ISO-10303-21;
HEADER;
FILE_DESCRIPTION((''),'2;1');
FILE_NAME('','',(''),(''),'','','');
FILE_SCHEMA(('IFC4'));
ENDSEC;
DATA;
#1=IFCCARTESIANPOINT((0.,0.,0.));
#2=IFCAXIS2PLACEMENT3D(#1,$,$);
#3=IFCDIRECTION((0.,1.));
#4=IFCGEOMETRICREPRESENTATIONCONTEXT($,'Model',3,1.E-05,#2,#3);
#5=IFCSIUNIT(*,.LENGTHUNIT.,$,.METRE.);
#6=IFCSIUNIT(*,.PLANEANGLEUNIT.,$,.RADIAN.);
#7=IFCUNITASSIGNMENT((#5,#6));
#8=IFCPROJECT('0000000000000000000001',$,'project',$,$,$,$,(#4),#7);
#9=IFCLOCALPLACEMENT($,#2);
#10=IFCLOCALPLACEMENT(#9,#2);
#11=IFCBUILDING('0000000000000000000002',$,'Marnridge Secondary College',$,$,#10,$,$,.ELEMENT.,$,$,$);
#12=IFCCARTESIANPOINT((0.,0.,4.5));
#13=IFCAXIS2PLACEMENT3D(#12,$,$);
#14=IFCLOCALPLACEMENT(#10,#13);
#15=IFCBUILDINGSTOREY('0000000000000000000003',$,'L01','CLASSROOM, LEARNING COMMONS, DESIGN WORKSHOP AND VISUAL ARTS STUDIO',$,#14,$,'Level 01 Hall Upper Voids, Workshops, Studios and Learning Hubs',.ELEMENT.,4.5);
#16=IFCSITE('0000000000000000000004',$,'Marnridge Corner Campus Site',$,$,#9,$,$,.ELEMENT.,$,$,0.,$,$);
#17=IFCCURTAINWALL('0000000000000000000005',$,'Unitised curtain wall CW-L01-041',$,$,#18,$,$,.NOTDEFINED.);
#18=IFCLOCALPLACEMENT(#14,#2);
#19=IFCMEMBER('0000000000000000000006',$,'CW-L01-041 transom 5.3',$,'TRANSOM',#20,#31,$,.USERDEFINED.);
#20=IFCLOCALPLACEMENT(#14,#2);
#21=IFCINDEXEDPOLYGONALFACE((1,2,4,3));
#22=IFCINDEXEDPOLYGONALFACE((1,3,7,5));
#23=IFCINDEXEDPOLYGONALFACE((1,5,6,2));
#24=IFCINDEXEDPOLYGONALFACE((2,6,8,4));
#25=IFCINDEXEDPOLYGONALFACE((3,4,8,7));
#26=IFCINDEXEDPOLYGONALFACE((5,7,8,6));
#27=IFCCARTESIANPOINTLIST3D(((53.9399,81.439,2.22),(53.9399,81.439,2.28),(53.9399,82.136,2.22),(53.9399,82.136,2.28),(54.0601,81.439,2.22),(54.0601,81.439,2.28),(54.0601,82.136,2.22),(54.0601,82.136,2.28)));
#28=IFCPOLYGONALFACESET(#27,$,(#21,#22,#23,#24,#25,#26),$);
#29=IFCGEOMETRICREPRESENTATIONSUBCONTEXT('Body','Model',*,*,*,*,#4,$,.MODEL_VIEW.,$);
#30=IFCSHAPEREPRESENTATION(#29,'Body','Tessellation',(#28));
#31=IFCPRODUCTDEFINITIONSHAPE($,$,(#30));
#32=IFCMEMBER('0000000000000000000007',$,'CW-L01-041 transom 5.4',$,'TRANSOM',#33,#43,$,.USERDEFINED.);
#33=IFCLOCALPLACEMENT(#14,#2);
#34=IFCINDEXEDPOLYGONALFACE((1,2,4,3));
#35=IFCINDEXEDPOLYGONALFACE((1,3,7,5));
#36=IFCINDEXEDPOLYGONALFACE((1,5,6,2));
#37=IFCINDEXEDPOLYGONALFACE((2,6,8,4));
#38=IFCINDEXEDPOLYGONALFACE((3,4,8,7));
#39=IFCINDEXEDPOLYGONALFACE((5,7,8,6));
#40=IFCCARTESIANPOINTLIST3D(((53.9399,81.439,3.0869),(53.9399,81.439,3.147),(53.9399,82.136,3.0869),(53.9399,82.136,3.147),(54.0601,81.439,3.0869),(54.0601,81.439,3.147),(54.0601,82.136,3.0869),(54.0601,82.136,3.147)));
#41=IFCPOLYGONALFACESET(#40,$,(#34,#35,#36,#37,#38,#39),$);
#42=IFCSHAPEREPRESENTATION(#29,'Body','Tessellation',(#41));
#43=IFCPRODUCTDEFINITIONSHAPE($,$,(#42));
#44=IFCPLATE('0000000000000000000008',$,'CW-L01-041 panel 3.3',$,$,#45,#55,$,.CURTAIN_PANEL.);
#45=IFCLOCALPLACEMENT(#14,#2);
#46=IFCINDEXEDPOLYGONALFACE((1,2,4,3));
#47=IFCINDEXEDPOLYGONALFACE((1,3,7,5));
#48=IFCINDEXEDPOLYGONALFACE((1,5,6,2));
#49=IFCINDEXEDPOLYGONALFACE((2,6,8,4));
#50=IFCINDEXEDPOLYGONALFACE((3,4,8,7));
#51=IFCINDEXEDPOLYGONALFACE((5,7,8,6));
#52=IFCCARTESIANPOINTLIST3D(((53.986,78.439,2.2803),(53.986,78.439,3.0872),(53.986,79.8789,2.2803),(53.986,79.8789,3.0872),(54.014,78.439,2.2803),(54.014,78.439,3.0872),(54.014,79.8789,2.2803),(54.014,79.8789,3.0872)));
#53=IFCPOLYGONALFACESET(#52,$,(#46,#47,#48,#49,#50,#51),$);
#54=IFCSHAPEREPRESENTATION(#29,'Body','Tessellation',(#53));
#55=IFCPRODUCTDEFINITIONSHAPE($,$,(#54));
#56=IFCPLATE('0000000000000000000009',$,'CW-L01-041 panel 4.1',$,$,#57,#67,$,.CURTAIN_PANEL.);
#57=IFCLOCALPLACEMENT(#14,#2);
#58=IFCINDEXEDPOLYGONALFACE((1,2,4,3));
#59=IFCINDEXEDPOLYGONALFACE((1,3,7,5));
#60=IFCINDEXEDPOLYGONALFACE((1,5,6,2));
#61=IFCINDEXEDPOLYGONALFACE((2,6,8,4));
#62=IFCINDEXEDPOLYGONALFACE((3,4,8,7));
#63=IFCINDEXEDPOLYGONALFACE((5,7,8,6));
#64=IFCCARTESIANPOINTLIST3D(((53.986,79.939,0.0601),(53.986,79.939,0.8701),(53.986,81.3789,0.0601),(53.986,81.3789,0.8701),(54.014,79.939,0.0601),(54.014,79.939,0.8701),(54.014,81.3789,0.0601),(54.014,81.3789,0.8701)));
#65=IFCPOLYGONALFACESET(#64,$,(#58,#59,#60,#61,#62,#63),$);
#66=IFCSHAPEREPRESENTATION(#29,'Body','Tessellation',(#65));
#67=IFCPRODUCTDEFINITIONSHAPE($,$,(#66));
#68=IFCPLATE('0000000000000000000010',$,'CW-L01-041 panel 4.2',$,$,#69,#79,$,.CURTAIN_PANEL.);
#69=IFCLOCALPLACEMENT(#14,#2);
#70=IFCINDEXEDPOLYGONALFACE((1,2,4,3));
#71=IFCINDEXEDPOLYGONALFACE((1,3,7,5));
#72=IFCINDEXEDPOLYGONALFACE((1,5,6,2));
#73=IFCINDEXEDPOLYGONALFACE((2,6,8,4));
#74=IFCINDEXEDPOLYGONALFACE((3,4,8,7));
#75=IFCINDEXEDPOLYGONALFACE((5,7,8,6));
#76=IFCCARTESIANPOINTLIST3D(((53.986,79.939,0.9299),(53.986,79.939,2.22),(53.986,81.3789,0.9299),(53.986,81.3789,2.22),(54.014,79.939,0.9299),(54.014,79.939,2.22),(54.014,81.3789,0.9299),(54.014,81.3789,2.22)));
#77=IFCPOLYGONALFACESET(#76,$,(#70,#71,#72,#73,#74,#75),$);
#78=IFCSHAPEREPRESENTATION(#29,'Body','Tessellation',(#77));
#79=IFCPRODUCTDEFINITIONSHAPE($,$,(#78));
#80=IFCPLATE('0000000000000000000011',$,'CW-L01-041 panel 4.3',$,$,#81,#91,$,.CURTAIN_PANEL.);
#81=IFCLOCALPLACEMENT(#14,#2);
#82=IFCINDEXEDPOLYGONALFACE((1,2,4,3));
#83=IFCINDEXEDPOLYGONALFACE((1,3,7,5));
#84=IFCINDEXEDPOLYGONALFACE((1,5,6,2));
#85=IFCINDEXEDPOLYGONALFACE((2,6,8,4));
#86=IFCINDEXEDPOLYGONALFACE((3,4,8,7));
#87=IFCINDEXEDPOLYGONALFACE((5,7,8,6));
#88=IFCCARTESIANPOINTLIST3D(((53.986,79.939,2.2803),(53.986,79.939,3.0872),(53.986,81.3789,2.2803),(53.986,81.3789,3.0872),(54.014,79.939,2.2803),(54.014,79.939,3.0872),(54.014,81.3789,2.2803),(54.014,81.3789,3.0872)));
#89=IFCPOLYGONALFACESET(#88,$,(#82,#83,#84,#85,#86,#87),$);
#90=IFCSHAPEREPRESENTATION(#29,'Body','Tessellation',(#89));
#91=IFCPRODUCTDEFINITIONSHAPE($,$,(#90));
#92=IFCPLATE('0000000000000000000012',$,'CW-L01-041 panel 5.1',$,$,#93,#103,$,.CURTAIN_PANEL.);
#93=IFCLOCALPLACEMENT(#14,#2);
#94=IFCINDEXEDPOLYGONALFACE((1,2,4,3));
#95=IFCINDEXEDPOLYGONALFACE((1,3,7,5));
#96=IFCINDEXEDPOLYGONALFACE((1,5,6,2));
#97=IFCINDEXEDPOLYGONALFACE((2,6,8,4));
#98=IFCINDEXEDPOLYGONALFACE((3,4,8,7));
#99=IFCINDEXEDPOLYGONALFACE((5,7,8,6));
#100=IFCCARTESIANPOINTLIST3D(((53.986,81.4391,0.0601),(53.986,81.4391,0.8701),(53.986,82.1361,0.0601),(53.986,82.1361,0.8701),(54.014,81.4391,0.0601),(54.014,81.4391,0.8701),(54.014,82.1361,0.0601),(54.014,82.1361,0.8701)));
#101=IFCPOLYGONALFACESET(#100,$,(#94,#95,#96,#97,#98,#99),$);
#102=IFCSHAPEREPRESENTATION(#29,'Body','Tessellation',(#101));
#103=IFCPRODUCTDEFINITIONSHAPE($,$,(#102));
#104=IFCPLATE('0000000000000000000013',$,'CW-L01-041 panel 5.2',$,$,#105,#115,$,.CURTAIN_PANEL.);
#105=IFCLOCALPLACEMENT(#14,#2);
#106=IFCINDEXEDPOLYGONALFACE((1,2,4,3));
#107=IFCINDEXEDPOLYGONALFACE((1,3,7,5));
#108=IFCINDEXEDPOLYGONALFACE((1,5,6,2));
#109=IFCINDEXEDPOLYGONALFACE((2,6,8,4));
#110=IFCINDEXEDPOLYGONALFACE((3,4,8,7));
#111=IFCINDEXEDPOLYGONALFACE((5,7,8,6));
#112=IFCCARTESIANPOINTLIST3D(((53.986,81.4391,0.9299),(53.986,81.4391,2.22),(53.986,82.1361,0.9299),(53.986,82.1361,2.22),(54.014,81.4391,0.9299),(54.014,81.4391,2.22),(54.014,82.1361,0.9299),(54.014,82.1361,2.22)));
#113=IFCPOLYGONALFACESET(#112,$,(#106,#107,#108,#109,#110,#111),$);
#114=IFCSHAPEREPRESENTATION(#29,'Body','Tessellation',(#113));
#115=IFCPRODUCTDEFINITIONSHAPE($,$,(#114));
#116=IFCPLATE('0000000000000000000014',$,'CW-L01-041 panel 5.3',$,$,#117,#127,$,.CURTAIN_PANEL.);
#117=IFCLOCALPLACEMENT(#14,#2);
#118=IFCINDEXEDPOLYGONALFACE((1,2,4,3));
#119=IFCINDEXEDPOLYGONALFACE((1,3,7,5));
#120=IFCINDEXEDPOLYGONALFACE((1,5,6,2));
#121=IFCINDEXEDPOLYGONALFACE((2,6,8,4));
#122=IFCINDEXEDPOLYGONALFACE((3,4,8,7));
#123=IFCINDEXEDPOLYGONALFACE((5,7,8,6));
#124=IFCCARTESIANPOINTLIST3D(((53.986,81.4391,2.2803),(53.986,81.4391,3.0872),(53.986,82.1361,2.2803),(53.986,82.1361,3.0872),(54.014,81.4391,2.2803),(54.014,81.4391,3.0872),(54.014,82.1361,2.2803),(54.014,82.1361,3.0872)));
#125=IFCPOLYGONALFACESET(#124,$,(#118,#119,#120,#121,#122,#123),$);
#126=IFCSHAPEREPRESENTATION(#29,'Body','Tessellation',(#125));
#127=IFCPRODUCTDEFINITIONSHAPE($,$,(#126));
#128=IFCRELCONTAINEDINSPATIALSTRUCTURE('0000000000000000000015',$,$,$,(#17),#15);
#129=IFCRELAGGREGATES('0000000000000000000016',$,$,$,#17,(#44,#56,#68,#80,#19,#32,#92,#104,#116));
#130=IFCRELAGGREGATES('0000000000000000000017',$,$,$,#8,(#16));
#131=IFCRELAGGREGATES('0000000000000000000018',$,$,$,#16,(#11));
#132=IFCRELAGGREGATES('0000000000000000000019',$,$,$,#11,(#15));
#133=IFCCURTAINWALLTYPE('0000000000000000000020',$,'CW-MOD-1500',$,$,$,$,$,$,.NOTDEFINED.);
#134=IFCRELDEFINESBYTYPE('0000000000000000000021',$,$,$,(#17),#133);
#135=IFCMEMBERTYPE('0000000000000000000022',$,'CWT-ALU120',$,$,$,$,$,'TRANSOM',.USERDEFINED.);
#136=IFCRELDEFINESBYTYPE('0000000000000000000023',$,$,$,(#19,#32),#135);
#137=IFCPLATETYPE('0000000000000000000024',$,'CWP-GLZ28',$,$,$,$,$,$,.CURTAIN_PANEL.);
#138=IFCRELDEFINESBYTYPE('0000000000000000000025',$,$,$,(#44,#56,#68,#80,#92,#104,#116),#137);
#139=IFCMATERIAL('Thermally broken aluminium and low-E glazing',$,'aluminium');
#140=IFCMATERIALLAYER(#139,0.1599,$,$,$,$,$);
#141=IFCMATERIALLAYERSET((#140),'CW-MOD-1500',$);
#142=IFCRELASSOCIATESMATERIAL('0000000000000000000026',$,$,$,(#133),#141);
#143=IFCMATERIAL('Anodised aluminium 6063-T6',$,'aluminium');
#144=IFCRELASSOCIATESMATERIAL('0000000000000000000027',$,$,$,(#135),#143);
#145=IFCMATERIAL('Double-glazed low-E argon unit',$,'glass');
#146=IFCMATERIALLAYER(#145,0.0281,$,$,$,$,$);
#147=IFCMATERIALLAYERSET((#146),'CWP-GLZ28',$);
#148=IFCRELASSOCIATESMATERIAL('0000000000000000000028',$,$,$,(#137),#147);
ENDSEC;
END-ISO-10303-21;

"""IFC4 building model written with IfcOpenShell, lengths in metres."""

from ifc_helpers import new_model, si_unit, direction, frame, origin, origin_2d, place, context, subcontext, project, spatial, rectangle, extrude, material, layer, layer_set, material_profile, profile_set, type_object, element, aggregate, save


model = new_model("IFC4")

# Units and contexts
model_context = context("Model", 3, precision=1e-05, world=origin(), true_north=direction((0.0, 1.0)))
body_context = subcontext(model_context, "Body", "Model", "MODEL_VIEW")
ifc_project = project(units=[si_unit("LENGTHUNIT", "METRE"), si_unit("PLANEANGLEUNIT", "RADIAN")], contexts=[model_context])

# Site, building, storey
site_placement = place(None, origin())
site = spatial("IfcSite", under=ifc_project, at=site_placement, Name="Marnridge Corner Campus Site", CompositionType="ELEMENT", RefElevation=0.0)
building_placement = place(site_placement, origin())
building = spatial("IfcBuilding", under=site, at=building_placement, Name="Marnridge Secondary College", CompositionType="ELEMENT")
storey_placement = place(building_placement, frame((0.0, 0.0, 4.5)))
storey = spatial("IfcBuildingStorey", under=building, at=storey_placement, Name="L01", Description="CLASSROOM, LEARNING COMMONS, DESIGN WORKSHOP AND VISUAL ARTS STUDIO", LongName="Level 01 Hall Upper Voids, Workshops, Studios and Learning Hubs", CompositionType="ELEMENT", Elevation=4.5)

# Shared definitions
ifc_material_1 = material(Name="Thermally broken aluminium and low-E glazing", Category="aluminium")
ifc_layer_1 = layer(ifc_material_1, 0.1599)
ifc_layer_set_1 = layer_set([ifc_layer_1], Name="CW-MOD-1500")
curtain_wall_type = type_object("IfcCurtainWallType", Name="CW-MOD-1500", PredefinedType="NOTDEFINED", material=ifc_layer_set_1)

# Curtain wall
curtain_wall_1_placement = place(storey_placement, origin())
curtain_wall_1 = element("IfcCurtainWall", 1, at=curtain_wall_1_placement, inside=storey, type_object=curtain_wall_type, Name="Unitised curtain wall CW-L01-041", PredefinedType="NOTDEFINED")

# Members
ifc_material_2 = material(Name="Anodised aluminium 6063-T6", Category="aluminium")
ifc_material_profile_1 = material_profile(ifc_material_2, rectangle(XDim=0.0601, YDim=0.1201, at=origin_2d()), Name="ALU 60x120")
ifc_profile_set_1 = profile_set([ifc_material_profile_1], Name="Anodised aluminium 6063-T6")
member_type_1 = type_object("IfcMemberType", Name="CWT-ALU120", ElementType="TRANSOM", PredefinedType="USERDEFINED", material=ifc_profile_set_1)
member_1_placement = place(storey_placement, frame((54.0, 81.439, 2.25), z_axis=(0.0, 1.0, 0.0), x_axis=(0.0, 0.0, 1.0)))
member_1 = element("IfcMember", 2, at=member_1_placement, type_object=member_type_1, Name="CW-L01-041 transom 5.3", ObjectType="TRANSOM", PredefinedType="USERDEFINED", context=body_context, shape_type="SweptSolid", body=[
    extrude(rectangle(XDim=0.0601, YDim=0.1201, at=origin_2d()), origin(), (0.0, 0.0, 1.0), 0.697),
])
member_2_placement = place(storey_placement, frame((54.0, 81.439, 3.1169), z_axis=(0.0, 1.0, 0.0), x_axis=(0.0, 0.0, 1.0)))
member_2 = element("IfcMember", 3, at=member_2_placement, type_object=member_type_1, Name="CW-L01-041 transom 5.4", ObjectType="TRANSOM", PredefinedType="USERDEFINED", context=body_context, shape_type="SweptSolid", body=[
    extrude(rectangle(XDim=0.0601, YDim=0.1201, at=origin_2d()), origin(), (0.0, 0.0, 1.0), 0.697),
])

# Plates
ifc_material_3 = material(Name="Double-glazed low-E argon unit", Category="glass")
ifc_layer_2 = layer(ifc_material_3, 0.0281)
ifc_layer_set_2 = layer_set([ifc_layer_2], Name="CWP-GLZ28")
plate_type = type_object("IfcPlateType", Name="CWP-GLZ28", PredefinedType="CURTAIN_PANEL", material=ifc_layer_set_2)
plate_1_placement = place(storey_placement, frame((54.0, 79.1589, 2.2803), z_axis=(0.0, 0.0, 1.0), x_axis=(0.0, 1.0, 0.0)))
plate_1 = element("IfcPlate", 4, at=plate_1_placement, type_object=plate_type, Name="CW-L01-041 panel 3.3", PredefinedType="CURTAIN_PANEL", context=body_context, shape_type="SweptSolid", body=[
    extrude(rectangle(XDim=1.4399, YDim=0.0281, at=origin_2d()), origin(), (0.0, 0.0, 1.0), 0.8069),
])
plate_2_placement = place(storey_placement, frame((54.0, 80.6589, 0.0601), z_axis=(0.0, 0.0, 1.0), x_axis=(0.0, 1.0, 0.0)))
plate_2 = element("IfcPlate", 5, at=plate_2_placement, type_object=plate_type, Name="CW-L01-041 panel 4.1", PredefinedType="CURTAIN_PANEL", context=body_context, shape_type="SweptSolid", body=[
    extrude(rectangle(XDim=1.4399, YDim=0.0281, at=origin_2d()), origin(), (0.0, 0.0, 1.0), 0.8101),
])
plate_3_placement = place(storey_placement, frame((54.0, 80.6589, 0.9299), z_axis=(0.0, 0.0, 1.0), x_axis=(0.0, 1.0, 0.0)))
plate_3 = element("IfcPlate", 6, at=plate_3_placement, type_object=plate_type, Name="CW-L01-041 panel 4.2", PredefinedType="CURTAIN_PANEL", context=body_context, shape_type="SweptSolid", body=[
    extrude(rectangle(XDim=1.4399, YDim=0.0281, at=origin_2d()), origin(), (0.0, 0.0, 1.0), 1.29),
])
plate_4_placement = place(storey_placement, frame((54.0, 80.6589, 2.2803), z_axis=(0.0, 0.0, 1.0), x_axis=(0.0, 1.0, 0.0)))
plate_4 = element("IfcPlate", 7, at=plate_4_placement, type_object=plate_type, Name="CW-L01-041 panel 4.3", PredefinedType="CURTAIN_PANEL", context=body_context, shape_type="SweptSolid", body=[
    extrude(rectangle(XDim=1.4399, YDim=0.0281, at=origin_2d()), origin(), (0.0, 0.0, 1.0), 0.8069),
])
plate_5_placement = place(storey_placement, frame((54.0, 81.7876, 0.0601), z_axis=(0.0, 0.0, 1.0), x_axis=(0.0, 1.0, 0.0)))
plate_5 = element("IfcPlate", 8, at=plate_5_placement, type_object=plate_type, Name="CW-L01-041 panel 5.1", PredefinedType="CURTAIN_PANEL", context=body_context, shape_type="SweptSolid", body=[
    extrude(rectangle(XDim=0.697, YDim=0.0281, at=origin_2d()), origin(), (0.0, 0.0, 1.0), 0.8101),
])
plate_6_placement = place(storey_placement, frame((54.0, 81.7876, 0.9299), z_axis=(0.0, 0.0, 1.0), x_axis=(0.0, 1.0, 0.0)))
plate_6 = element("IfcPlate", 9, at=plate_6_placement, type_object=plate_type, Name="CW-L01-041 panel 5.2", PredefinedType="CURTAIN_PANEL", context=body_context, shape_type="SweptSolid", body=[
    extrude(rectangle(XDim=0.697, YDim=0.0281, at=origin_2d()), origin(), (0.0, 0.0, 1.0), 1.29),
])
plate_7_placement = place(storey_placement, frame((54.0, 81.7876, 2.2803), z_axis=(0.0, 0.0, 1.0), x_axis=(0.0, 1.0, 0.0)))
plate_7 = element("IfcPlate", 10, at=plate_7_placement, type_object=plate_type, Name="CW-L01-041 panel 5.3", PredefinedType="CURTAIN_PANEL", context=body_context, shape_type="SweptSolid", body=[
    extrude(rectangle(XDim=0.697, YDim=0.0281, at=origin_2d()), origin(), (0.0, 0.0, 1.0), 0.8069),
])
aggregate(curtain_wall_1, [plate_1, plate_2, plate_3, plate_4, member_1, member_2, plate_5, plate_6, plate_7])

save(model, "model.ifc")
